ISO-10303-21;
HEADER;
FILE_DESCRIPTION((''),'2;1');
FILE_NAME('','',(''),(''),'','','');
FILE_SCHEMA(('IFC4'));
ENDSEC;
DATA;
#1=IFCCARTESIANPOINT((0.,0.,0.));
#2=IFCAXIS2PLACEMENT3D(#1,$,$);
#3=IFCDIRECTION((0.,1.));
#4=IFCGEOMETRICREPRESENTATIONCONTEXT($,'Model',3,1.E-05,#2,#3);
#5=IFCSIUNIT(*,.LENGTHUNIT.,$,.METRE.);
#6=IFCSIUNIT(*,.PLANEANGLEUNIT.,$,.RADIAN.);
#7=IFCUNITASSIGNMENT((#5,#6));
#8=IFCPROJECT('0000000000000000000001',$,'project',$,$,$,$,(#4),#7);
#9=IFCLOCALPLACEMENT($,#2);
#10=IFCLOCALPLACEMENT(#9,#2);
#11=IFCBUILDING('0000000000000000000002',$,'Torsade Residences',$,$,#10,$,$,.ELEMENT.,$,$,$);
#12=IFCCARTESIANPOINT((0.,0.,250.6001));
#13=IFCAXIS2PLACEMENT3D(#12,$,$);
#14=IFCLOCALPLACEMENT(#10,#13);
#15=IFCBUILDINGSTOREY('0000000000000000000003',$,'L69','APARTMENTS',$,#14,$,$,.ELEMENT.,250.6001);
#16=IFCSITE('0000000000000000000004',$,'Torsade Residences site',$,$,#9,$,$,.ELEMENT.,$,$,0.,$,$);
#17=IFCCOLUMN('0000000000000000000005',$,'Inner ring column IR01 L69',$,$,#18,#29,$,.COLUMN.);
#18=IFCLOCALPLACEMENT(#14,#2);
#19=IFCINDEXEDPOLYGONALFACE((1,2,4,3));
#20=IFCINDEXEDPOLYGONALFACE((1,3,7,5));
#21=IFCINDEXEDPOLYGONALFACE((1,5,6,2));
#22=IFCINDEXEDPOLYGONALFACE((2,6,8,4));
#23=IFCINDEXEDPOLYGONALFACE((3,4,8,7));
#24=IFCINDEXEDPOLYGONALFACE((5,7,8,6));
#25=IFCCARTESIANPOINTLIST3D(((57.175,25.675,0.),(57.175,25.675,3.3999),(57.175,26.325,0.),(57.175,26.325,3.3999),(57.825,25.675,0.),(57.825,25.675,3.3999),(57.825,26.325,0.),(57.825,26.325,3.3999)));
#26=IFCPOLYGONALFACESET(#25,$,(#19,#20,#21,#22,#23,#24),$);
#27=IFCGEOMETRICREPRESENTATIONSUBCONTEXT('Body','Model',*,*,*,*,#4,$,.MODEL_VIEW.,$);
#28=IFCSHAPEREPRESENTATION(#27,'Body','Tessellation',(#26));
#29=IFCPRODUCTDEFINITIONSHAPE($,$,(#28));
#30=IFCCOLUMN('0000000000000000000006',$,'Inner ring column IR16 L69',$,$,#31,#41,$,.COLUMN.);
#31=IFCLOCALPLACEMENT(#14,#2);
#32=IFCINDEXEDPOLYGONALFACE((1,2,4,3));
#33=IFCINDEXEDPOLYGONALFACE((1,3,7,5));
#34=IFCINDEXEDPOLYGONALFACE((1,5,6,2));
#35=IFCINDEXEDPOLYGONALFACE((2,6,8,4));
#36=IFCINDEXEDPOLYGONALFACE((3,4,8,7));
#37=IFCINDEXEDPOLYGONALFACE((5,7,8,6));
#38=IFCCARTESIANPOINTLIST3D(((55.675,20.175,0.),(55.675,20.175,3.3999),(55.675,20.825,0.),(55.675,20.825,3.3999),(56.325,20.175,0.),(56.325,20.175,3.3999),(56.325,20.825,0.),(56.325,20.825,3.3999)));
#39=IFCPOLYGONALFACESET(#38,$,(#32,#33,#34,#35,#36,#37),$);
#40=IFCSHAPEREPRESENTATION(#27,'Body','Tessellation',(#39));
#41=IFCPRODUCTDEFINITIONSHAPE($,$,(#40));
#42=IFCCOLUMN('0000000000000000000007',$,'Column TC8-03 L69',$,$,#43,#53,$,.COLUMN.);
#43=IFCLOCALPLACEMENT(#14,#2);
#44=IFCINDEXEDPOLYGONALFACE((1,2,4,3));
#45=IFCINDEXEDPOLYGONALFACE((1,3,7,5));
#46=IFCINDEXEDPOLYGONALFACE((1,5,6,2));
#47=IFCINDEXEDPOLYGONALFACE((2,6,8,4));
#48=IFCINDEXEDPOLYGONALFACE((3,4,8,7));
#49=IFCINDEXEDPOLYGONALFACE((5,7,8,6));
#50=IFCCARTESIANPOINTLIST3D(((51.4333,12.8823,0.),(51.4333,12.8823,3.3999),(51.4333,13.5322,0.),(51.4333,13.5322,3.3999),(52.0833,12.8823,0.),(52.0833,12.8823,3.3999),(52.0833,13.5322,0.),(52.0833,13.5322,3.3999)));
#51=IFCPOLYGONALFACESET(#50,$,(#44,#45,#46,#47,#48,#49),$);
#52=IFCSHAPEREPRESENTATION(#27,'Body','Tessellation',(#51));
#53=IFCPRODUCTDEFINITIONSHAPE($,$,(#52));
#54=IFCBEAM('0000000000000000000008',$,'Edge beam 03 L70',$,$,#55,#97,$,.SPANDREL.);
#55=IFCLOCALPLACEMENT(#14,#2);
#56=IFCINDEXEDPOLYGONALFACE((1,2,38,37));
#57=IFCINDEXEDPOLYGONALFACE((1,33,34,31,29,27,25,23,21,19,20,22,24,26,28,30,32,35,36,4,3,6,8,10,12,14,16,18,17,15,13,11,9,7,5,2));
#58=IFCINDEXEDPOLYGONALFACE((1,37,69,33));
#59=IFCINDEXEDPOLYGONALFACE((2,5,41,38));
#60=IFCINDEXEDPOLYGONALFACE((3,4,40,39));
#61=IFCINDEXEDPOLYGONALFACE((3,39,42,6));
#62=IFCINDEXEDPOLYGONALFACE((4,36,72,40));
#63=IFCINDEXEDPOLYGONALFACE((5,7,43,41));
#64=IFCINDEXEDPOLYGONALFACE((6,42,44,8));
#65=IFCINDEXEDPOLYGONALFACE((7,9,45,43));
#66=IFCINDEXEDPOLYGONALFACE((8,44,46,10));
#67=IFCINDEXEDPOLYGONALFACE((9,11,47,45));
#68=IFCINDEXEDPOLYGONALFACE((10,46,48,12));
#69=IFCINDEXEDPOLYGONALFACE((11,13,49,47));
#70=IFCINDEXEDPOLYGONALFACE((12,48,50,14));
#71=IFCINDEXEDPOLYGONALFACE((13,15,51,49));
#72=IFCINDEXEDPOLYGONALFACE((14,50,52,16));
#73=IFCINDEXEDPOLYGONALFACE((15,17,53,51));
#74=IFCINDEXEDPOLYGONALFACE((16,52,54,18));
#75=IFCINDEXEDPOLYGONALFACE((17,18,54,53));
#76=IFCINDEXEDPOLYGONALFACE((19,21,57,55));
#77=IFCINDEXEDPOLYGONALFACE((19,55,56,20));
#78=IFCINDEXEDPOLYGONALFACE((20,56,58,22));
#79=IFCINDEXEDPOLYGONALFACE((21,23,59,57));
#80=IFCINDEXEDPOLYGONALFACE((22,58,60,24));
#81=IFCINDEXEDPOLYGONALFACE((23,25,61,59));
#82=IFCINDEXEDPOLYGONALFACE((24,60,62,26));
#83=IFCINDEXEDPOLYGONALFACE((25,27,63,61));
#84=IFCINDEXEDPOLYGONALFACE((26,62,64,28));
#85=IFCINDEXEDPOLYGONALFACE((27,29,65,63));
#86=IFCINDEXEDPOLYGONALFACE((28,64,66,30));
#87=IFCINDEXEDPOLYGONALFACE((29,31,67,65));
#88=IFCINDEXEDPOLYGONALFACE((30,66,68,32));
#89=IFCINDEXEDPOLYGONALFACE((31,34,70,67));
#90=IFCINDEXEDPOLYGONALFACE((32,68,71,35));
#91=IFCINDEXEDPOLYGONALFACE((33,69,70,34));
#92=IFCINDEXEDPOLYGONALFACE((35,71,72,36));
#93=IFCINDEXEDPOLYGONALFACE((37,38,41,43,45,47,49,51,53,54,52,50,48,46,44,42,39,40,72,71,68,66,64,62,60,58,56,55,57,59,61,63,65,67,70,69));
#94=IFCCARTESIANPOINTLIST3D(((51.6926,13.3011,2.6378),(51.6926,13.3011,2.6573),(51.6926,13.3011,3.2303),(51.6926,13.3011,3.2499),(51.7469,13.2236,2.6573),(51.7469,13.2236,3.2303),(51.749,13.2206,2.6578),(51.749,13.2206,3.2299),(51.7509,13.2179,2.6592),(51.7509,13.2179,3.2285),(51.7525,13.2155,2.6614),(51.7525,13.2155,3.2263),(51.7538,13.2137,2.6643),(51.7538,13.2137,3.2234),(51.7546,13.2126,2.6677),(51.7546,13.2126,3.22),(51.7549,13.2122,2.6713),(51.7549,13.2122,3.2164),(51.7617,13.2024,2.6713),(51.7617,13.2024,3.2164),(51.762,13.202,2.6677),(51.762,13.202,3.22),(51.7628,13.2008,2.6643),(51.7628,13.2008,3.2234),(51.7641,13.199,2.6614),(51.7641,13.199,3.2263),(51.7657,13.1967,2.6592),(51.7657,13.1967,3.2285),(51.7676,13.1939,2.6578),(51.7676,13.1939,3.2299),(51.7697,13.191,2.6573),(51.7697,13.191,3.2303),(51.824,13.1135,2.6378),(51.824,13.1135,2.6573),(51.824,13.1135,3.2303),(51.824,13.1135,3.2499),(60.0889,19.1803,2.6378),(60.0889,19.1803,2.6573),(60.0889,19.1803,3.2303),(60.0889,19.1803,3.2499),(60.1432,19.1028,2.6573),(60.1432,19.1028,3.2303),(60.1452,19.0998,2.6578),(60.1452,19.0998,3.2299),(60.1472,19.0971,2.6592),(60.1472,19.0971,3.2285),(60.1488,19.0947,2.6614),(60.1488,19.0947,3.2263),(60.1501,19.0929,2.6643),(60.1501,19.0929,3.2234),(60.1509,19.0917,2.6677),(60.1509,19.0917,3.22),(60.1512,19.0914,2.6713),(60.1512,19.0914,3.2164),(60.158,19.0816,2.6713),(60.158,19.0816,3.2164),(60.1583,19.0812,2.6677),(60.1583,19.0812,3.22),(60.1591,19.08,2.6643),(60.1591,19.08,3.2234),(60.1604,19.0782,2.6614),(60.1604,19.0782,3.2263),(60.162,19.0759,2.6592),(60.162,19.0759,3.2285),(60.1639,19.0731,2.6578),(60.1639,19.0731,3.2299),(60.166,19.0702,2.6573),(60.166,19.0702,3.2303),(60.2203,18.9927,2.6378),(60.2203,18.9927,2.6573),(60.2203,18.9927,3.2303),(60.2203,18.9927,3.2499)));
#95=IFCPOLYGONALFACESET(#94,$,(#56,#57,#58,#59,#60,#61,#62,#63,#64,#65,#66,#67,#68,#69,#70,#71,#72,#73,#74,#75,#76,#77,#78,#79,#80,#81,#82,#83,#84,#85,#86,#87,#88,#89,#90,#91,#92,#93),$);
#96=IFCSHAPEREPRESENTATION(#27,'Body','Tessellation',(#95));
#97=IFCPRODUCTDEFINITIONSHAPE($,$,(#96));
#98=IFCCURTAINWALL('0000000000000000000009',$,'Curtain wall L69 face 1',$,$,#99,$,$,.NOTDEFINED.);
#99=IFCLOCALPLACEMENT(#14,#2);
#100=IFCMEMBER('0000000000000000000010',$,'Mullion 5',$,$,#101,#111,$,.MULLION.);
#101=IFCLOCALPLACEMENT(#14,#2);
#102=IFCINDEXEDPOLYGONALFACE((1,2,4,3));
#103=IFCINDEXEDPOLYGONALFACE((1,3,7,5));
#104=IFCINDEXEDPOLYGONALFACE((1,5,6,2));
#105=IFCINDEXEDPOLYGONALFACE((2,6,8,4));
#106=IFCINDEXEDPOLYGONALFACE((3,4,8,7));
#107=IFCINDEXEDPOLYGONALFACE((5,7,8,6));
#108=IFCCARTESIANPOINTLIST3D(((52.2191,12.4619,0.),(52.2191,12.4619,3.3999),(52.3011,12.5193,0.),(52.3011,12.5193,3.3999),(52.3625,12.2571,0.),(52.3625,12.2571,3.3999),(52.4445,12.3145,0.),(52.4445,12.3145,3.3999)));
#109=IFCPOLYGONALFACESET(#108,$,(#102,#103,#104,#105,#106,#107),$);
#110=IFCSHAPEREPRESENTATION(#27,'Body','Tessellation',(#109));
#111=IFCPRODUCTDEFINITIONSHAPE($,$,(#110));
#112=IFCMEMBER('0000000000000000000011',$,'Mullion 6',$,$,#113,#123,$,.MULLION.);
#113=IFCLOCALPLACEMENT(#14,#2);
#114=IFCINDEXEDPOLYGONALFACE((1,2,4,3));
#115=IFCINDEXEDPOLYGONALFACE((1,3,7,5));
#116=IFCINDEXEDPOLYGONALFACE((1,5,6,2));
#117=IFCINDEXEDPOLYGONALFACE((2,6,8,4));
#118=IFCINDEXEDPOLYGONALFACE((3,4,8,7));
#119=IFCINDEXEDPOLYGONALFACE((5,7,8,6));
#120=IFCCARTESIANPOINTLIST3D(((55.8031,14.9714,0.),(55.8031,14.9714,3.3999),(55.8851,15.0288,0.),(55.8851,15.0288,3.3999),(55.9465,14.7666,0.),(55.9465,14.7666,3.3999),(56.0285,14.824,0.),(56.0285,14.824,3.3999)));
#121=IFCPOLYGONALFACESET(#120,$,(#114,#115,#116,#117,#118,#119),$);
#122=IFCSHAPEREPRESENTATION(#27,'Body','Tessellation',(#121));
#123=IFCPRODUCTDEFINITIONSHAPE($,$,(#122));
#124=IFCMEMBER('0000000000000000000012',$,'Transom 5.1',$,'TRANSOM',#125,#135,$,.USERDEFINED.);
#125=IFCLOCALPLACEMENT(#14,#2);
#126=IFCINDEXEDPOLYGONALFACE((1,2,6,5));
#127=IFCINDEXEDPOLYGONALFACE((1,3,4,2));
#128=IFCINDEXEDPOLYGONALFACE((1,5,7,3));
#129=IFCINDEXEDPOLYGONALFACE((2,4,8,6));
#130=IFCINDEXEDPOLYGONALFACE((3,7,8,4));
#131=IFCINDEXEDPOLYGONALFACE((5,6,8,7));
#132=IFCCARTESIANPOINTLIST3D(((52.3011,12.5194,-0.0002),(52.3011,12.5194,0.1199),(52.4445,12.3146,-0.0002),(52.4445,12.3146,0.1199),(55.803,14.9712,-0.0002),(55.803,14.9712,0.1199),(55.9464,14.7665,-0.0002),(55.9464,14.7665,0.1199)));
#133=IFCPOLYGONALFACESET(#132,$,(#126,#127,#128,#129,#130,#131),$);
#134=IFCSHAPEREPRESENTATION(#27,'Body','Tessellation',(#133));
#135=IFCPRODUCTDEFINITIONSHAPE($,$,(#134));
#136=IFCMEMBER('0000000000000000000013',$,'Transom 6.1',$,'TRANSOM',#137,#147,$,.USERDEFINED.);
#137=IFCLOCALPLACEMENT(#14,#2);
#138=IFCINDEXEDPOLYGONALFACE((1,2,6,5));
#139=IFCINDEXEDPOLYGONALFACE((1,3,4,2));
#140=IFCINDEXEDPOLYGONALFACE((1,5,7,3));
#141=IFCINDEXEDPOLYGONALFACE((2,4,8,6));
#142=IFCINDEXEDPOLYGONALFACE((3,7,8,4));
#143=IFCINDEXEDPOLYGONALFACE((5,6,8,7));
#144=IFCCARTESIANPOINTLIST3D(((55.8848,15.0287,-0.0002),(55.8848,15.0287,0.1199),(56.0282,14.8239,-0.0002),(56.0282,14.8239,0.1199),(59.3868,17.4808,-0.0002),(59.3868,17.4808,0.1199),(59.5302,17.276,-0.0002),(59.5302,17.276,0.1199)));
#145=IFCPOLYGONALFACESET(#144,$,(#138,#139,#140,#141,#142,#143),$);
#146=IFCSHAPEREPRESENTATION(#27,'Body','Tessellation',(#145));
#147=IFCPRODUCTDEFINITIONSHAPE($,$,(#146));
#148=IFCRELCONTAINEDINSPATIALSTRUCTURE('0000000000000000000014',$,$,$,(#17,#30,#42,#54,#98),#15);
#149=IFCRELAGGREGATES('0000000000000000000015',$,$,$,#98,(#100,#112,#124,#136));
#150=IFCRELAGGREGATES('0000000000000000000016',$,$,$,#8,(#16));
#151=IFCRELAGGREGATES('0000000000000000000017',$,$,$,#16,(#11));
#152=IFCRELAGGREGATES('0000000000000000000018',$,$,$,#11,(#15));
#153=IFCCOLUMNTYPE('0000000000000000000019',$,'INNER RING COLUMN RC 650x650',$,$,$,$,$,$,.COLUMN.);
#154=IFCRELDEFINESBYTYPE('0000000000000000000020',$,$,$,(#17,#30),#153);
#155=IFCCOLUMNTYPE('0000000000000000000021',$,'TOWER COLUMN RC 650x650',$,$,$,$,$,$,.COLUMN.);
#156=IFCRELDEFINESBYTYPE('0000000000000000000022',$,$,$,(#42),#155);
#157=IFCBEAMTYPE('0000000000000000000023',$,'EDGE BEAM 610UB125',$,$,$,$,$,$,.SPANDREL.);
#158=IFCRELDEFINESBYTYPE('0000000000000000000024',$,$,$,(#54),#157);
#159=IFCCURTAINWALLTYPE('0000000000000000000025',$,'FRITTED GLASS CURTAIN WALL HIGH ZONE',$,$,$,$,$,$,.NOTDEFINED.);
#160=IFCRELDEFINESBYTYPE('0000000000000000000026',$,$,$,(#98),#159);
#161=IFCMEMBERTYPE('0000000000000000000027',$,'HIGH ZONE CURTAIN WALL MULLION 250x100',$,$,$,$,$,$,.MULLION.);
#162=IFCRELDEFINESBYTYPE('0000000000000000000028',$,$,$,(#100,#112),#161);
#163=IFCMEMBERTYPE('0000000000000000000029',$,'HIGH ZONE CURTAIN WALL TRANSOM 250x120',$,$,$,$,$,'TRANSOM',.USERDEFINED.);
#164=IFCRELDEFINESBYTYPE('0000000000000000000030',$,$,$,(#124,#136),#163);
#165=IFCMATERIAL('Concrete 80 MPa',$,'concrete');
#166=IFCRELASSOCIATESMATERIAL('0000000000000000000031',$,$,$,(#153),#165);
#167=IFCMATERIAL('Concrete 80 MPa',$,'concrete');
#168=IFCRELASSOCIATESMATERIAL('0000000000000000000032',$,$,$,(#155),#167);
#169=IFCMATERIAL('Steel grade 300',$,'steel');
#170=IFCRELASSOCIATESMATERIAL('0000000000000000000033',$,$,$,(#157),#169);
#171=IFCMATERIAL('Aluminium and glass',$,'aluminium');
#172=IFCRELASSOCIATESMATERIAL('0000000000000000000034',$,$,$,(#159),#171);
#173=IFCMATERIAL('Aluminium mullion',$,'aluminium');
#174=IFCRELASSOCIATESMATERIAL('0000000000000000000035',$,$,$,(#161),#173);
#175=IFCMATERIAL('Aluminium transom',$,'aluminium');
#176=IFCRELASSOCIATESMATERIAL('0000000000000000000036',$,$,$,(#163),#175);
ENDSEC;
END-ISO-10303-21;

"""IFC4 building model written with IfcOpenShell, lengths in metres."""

from ifc_helpers import new_model, si_unit, direction, frame, origin, origin_2d, place, context, subcontext, project, spatial, rectangle, i_section, extrude, material, material_profile, profile_set, type_object, element, aggregate, save


model = new_model("IFC4")

# Units and contexts
model_context = context("Model", 3, precision=1e-05, world=origin(), true_north=direction((0.0, 1.0)))
body_context = subcontext(model_context, "Body", "Model", "MODEL_VIEW")
ifc_project = project(units=[si_unit("LENGTHUNIT", "METRE"), si_unit("PLANEANGLEUNIT", "RADIAN")], contexts=[model_context])

# Site, building, storey
site_placement = place(None, origin())
site = spatial("IfcSite", under=ifc_project, at=site_placement, Name="Torsade Residences site", CompositionType="ELEMENT", RefElevation=0.0)
building_placement = place(site_placement, origin())
building = spatial("IfcBuilding", under=site, at=building_placement, Name="Torsade Residences", CompositionType="ELEMENT")
storey_placement = place(building_placement, frame((0.0, 0.0, 250.6001)))
storey = spatial("IfcBuildingStorey", under=building, at=storey_placement, Name="L69", Description="APARTMENTS", CompositionType="ELEMENT", Elevation=250.6001)

# Columns
ifc_material_1 = material(Name="Concrete 80 MPa", Category="concrete")
ifc_material_profile_1 = material_profile(ifc_material_1, rectangle(XDim=0.6499, YDim=0.6499, at=origin_2d()), Name="RC 650x650")
ifc_profile_set_1 = profile_set([ifc_material_profile_1], Name="Concrete 80 MPa")
column_type_1 = type_object("IfcColumnType", Name="INNER RING COLUMN RC 650x650", PredefinedType="COLUMN", material=ifc_profile_set_1)
for number, where, z_axis, x_axis, name in (
    (1, (57.5, 26.0, 0.0), (0.0, 0.0, 1.0), (1.0, 0.0, 0.0), "Inner ring column IR01 L69"),
    (2, (56.0, 20.5, 0.0), (0.0, 0.0, 1.0), (1.0, 0.0, 0.0), "Inner ring column IR16 L69"),
):
    element("IfcColumn", number, at=place(storey_placement, frame(where, z_axis=z_axis, x_axis=x_axis)), inside=storey, type_object=column_type_1, Name=name, PredefinedType="COLUMN", context=body_context, shape_type="SweptSolid", body=[
        extrude(rectangle(XDim=0.6499, YDim=0.6499, at=origin_2d()), origin(), (0.0, 0.0, 1.0), 3.3999),
    ])
ifc_material_2 = material(Name="Concrete 80 MPa", Category="concrete")
ifc_material_profile_2 = material_profile(ifc_material_2, rectangle(XDim=0.6499, YDim=0.6499, at=origin_2d()), Name="RC 650x650")
ifc_profile_set_2 = profile_set([ifc_material_profile_2], Name="Concrete 80 MPa")
column_type_2 = type_object("IfcColumnType", Name="TOWER COLUMN RC 650x650", PredefinedType="COLUMN", material=ifc_profile_set_2)
column_placement = place(storey_placement, frame((51.7583, 13.2073, 0.0), z_axis=(0.0, 0.0, 1.0), x_axis=(1.0, 0.0, 0.0)))
element("IfcColumn", 3, at=column_placement, inside=storey, type_object=column_type_2, Name="Column TC8-03 L69", PredefinedType="COLUMN", context=body_context, shape_type="SweptSolid", body=[
    extrude(rectangle(XDim=0.6499, YDim=0.6499, at=origin_2d()), origin(), (0.0, 0.0, 1.0), 3.3999),
])

# Beam
ifc_material_3 = material(Name="Steel grade 300", Category="steel")
ifc_material_profile_3 = material_profile(ifc_material_3, i_section(OverallWidth=0.229, OverallDepth=0.6121, WebThickness=0.012, FlangeThickness=0.0195, FilletRadius=0.0139, at=origin_2d()), Name="610UB125")
ifc_profile_set_3 = profile_set([ifc_material_profile_3], Name="Steel grade 300")
beam_type_1 = type_object("IfcBeamType", Name="EDGE BEAM 610UB125", PredefinedType="SPANDREL", material=ifc_profile_set_3)
beam_1_placement = place(storey_placement, frame((51.7583, 13.2073, 2.9438), z_axis=(0.81915, 0.573579, 0.0), x_axis=(-0.573579, 0.81915, 0.0)))
element("IfcBeam", 4, at=beam_1_placement, inside=storey, type_object=beam_type_1, Name="Edge beam 03 L70", PredefinedType="SPANDREL", context=body_context, shape_type="SweptSolid", body=[
    extrude(i_section(OverallWidth=0.229, OverallDepth=0.6121, WebThickness=0.012, FlangeThickness=0.0195, FilletRadius=0.0139, at=origin_2d()), origin(), (0.0, 0.0, 1.0), 10.25),
])

# Curtain wall, members
ifc_material_4 = material(Name="Aluminium and glass", Category="aluminium")
curtain_wall_type = type_object("IfcCurtainWallType", Name="FRITTED GLASS CURTAIN WALL HIGH ZONE", PredefinedType="NOTDEFINED", material=ifc_material_4)
curtain_wall_placement = place(storey_placement, origin())
curtain_wall = element("IfcCurtainWall", 5, at=curtain_wall_placement, inside=storey, type_object=curtain_wall_type, Name="Curtain wall L69 face 1", PredefinedType="NOTDEFINED")
ifc_material_5 = material(Name="Aluminium mullion", Category="aluminium")
ifc_material_profile_4 = material_profile(ifc_material_5, rectangle(XDim=0.25, YDim=0.1001, at=origin_2d()), Name="HIGH ZONE CURTAIN WALL MULLION 250x100")
ifc_profile_set_4 = profile_set([ifc_material_profile_4], Name="Aluminium mullion")
member_type_1 = type_object("IfcMemberType", Name="HIGH ZONE CURTAIN WALL MULLION 250x100", PredefinedType="MULLION", material=ifc_profile_set_4)
member_1_placement = place(storey_placement, frame((52.3318, 12.3882, 0.0), z_axis=(0.0, 0.0, 1.0), x_axis=(-0.573576, 0.819152, 0.0)))
member_1 = element("IfcMember", 6, at=member_1_placement, type_object=member_type_1, Name="Mullion 5", PredefinedType="MULLION", context=body_context, shape_type="SweptSolid", body=[
    extrude(rectangle(XDim=0.25, YDim=0.1001, at=origin_2d()), origin(), (0.0, 0.0, 1.0), 3.3999),
])
member_2_placement = place(storey_placement, frame((55.9158, 14.8977, 0.0), z_axis=(0.0, 0.0, 1.0), x_axis=(-0.573576, 0.819152, 0.0)))
member_2 = element("IfcMember", 7, at=member_2_placement, type_object=member_type_1, Name="Mullion 6", PredefinedType="MULLION", context=body_context, shape_type="SweptSolid", body=[
    extrude(rectangle(XDim=0.25, YDim=0.1001, at=origin_2d()), origin(), (0.0, 0.0, 1.0), 3.3999),
])
ifc_material_6 = material(Name="Aluminium transom", Category="aluminium")
ifc_material_profile_5 = material_profile(ifc_material_6, rectangle(XDim=0.25, YDim=0.1201, at=origin_2d()), Name="HIGH ZONE CURTAIN WALL TRANSOM 250x120")
ifc_profile_set_5 = profile_set([ifc_material_profile_5], Name="Aluminium transom")
member_type_2 = type_object("IfcMemberType", Name="HIGH ZONE CURTAIN WALL TRANSOM 250x120", ElementType="TRANSOM", PredefinedType="USERDEFINED", material=ifc_profile_set_5)
member_3_placement = place(storey_placement, frame((52.3728, 12.417, 0.0598), z_axis=(0.819173, 0.573547, 0.0), x_axis=(-0.573547, 0.819173, 0.0)))
member_3 = element("IfcMember", 8, at=member_3_placement, type_object=member_type_2, Name="Transom 5.1", ObjectType="TRANSOM", PredefinedType="USERDEFINED", context=body_context, shape_type="SweptSolid", body=[
    extrude(rectangle(XDim=0.25, YDim=0.1201, at=origin_2d()), origin(), (0.0, 0.0, 1.0), 4.2749),
])
member_4_placement = place(storey_placement, frame((55.9565, 14.9263, 0.0598), z_axis=(0.819146, 0.573585, 0.0), x_axis=(-0.573585, 0.819146, 0.0)))
member_4 = element("IfcMember", 9, at=member_4_placement, type_object=member_type_2, Name="Transom 6.1", ObjectType="TRANSOM", PredefinedType="USERDEFINED", context=body_context, shape_type="SweptSolid", body=[
    extrude(rectangle(XDim=0.25, YDim=0.1201, at=origin_2d()), origin(), (0.0, 0.0, 1.0), 4.2751),
])

aggregate(curtain_wall, [member_1, member_2, member_3, member_4])

save(model, "model.ifc")
